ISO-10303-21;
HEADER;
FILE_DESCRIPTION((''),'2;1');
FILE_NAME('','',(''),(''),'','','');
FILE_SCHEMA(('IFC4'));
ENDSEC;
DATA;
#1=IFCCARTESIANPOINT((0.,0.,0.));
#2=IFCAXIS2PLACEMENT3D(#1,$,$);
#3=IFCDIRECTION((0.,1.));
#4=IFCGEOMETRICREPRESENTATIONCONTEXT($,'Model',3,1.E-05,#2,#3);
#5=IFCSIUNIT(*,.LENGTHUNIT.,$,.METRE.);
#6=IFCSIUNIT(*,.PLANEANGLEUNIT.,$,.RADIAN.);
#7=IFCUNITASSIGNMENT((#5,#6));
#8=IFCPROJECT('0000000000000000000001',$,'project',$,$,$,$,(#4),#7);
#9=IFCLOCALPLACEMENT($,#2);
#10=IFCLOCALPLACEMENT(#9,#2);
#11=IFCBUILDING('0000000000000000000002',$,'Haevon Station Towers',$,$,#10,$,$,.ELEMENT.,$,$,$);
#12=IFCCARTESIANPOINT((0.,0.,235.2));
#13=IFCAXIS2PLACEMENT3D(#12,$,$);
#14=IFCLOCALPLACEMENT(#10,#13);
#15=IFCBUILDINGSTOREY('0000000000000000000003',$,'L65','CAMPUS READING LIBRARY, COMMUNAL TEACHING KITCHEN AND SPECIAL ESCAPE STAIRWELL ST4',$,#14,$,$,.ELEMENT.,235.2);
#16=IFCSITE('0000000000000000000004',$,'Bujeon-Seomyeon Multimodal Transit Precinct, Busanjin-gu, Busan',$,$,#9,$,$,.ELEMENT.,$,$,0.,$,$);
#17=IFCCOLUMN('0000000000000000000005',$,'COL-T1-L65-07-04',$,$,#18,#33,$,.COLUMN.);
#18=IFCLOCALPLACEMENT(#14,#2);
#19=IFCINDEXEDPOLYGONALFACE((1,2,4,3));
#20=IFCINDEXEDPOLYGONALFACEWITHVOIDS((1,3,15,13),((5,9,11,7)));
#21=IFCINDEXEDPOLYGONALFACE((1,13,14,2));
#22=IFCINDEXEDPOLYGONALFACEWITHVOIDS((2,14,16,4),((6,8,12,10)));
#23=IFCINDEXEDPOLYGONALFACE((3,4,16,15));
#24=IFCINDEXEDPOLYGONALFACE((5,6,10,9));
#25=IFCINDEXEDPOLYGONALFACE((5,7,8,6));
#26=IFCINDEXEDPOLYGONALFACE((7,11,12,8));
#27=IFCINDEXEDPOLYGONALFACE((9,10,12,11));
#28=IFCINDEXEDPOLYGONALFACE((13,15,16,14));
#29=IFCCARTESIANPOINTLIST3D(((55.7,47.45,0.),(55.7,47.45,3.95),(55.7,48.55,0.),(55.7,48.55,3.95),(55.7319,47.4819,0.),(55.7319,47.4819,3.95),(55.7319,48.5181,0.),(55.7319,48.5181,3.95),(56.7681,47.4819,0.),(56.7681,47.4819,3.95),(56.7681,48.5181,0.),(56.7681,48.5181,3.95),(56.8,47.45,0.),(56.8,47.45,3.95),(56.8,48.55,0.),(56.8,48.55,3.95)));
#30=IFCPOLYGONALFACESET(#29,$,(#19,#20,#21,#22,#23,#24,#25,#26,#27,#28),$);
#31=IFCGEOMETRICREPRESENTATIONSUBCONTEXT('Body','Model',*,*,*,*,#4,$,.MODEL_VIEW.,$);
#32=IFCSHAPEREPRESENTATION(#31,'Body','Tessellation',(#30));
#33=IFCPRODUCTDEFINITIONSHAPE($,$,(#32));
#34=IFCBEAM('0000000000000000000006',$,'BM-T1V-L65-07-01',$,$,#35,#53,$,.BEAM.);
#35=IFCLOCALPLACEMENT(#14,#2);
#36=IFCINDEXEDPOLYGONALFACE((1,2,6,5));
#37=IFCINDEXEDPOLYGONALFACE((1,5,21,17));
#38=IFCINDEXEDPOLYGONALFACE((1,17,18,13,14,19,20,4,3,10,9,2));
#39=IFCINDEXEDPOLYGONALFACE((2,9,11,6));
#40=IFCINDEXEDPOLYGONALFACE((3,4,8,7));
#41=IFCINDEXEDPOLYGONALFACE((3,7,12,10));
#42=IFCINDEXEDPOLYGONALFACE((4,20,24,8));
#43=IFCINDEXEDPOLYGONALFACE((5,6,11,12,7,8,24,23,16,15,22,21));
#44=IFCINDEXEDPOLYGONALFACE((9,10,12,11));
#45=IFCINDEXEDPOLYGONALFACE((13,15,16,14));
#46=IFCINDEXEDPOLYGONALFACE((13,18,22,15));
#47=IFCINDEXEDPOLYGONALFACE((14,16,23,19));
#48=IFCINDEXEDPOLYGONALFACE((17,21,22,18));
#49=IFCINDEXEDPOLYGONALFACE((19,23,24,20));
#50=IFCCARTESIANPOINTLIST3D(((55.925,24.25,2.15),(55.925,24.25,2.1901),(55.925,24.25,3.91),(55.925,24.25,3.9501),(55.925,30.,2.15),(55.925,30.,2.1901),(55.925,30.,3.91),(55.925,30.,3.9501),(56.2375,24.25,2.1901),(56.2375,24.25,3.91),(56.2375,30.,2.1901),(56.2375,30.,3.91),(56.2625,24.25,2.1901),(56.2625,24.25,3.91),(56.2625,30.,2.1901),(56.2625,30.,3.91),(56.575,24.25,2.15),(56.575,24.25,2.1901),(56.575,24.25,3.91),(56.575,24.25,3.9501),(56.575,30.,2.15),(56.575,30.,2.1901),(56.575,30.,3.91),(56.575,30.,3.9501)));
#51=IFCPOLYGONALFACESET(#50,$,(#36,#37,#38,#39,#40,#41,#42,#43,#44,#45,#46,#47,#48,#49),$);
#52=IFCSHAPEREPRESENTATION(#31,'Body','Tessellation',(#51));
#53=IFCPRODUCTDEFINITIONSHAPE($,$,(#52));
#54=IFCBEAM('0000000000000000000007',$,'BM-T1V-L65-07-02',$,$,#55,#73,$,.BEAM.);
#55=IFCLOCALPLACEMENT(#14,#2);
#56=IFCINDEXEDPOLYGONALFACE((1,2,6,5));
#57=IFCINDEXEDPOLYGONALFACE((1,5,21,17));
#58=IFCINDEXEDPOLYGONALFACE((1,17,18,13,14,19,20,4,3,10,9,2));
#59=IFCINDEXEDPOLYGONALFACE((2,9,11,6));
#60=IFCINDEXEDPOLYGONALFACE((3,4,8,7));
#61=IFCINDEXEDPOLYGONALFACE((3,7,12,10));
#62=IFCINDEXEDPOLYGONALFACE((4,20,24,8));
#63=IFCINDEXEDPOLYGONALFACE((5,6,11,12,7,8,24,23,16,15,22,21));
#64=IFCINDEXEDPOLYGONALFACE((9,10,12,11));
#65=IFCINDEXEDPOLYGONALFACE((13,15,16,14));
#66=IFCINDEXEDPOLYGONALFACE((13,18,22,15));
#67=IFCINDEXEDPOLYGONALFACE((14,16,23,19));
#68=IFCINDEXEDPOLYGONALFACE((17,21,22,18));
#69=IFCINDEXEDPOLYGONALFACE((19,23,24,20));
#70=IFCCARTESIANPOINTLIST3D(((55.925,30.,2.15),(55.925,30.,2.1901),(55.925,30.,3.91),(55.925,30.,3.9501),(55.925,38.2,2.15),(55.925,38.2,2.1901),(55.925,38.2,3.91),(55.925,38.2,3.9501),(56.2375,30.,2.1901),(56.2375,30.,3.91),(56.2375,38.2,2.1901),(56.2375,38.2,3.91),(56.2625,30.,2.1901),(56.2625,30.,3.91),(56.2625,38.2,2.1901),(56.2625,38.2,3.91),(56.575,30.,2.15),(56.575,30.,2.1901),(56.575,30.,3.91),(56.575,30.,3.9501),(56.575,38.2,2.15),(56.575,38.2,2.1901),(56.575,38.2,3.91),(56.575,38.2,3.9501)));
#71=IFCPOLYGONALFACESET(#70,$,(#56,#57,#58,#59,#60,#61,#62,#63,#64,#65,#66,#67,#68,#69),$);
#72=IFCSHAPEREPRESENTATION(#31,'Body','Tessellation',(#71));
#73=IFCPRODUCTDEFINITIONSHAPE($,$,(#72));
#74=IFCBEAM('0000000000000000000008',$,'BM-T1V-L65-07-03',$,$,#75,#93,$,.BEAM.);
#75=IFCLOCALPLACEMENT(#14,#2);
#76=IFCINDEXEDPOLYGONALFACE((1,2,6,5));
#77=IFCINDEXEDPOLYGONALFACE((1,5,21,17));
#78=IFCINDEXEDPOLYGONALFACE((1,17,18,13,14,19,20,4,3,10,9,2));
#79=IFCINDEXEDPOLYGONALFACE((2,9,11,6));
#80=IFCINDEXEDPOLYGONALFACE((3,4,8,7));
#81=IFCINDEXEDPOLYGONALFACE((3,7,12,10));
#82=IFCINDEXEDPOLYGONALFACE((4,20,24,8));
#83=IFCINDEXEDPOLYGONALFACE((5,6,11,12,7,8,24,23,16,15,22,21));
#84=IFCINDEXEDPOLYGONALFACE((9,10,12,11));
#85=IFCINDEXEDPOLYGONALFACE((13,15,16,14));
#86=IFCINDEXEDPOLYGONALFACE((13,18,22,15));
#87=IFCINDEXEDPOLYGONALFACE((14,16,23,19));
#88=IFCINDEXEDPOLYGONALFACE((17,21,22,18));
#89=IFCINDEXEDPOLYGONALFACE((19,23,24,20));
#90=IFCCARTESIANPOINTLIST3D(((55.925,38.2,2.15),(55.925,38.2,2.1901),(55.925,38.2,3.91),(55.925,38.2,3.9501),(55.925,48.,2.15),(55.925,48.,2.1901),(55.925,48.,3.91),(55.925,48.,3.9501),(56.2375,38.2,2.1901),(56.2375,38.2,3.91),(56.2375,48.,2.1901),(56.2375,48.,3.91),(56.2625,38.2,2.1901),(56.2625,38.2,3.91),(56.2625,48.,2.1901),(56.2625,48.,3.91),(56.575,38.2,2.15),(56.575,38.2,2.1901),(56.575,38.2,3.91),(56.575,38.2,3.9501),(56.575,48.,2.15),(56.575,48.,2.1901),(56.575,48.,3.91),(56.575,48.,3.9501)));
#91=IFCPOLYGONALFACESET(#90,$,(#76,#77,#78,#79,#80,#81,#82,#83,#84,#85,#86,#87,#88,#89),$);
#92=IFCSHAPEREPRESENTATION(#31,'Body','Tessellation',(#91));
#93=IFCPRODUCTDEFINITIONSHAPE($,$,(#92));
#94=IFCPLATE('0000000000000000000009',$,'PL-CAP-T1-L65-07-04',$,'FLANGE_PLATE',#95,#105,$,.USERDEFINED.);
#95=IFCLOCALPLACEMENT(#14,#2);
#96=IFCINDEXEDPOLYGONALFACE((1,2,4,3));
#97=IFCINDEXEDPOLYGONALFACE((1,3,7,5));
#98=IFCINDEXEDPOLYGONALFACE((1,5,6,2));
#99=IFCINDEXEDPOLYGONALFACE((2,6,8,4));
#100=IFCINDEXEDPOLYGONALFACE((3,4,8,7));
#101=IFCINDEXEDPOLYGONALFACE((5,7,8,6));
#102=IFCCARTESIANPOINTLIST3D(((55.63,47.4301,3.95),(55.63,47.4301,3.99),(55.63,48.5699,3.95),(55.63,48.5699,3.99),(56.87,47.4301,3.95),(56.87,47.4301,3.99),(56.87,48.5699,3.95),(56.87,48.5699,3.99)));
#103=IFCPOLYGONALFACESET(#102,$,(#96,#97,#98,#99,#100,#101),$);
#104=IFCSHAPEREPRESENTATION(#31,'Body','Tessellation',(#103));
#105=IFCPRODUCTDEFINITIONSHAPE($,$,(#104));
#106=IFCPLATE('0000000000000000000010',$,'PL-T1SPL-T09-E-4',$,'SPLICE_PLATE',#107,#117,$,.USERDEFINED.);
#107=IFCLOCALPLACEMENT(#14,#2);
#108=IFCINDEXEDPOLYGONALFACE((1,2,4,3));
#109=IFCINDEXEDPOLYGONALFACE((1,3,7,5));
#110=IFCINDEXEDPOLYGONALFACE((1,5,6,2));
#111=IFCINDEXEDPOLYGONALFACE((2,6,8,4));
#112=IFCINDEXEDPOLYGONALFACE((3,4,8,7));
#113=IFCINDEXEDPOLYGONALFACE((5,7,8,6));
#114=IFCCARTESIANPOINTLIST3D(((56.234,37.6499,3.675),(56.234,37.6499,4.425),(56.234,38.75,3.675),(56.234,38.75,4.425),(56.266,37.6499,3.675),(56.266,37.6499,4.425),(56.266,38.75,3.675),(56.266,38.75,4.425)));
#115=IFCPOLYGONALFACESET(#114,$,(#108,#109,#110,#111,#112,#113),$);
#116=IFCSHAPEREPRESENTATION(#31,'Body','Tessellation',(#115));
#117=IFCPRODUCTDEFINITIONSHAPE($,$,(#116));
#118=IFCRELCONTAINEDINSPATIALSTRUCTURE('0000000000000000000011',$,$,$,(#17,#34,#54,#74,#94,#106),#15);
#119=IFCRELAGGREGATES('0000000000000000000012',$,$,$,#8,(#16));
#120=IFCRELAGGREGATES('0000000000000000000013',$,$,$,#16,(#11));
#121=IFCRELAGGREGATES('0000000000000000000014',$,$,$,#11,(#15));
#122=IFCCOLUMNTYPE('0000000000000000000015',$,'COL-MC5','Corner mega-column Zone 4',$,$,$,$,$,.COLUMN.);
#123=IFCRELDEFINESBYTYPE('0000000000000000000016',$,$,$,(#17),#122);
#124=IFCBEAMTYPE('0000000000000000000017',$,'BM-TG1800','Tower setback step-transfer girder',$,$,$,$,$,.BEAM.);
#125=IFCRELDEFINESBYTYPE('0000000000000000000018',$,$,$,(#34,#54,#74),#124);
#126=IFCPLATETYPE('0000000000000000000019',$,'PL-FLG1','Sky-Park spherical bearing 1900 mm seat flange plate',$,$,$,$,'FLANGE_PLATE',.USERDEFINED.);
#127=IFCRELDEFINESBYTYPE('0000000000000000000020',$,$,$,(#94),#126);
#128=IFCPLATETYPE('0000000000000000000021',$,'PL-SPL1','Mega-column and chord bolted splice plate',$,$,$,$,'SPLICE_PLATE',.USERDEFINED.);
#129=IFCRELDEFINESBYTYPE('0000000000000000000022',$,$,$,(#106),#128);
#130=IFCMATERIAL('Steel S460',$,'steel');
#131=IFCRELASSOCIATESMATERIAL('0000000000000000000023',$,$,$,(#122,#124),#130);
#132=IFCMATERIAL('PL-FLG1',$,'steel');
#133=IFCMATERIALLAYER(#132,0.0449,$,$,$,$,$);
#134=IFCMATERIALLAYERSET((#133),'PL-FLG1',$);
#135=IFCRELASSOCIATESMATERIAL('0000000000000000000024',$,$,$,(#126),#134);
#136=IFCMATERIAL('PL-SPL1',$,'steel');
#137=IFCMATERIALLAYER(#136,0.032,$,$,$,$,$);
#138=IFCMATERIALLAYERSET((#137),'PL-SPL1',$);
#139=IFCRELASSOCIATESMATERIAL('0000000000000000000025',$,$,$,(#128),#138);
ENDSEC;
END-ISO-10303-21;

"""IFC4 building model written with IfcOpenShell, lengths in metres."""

from ifc_helpers import new_model, si_unit, direction, frame, origin, origin_2d, place, context, subcontext, project, spatial, rectangle, hollow_rectangle, i_section, extrude, material, layer, layer_set, material_profile, profile_set, type_object, element, save


model = new_model("IFC4")

# Units and contexts
model_context = context("Model", 3, precision=1e-05, world=origin(), true_north=direction((0.0, 1.0)))
body_context = subcontext(model_context, "Body", "Model", "MODEL_VIEW")
ifc_project = project(units=[si_unit("LENGTHUNIT", "METRE"), si_unit("PLANEANGLEUNIT", "RADIAN")], contexts=[model_context])

# Site, building, storey
site_placement = place(None, origin())
site = spatial("IfcSite", under=ifc_project, at=site_placement, Name="Bujeon-Seomyeon Multimodal Transit Precinct, Busanjin-gu, Busan", CompositionType="ELEMENT", RefElevation=0.0)
building_placement = place(site_placement, origin())
building = spatial("IfcBuilding", under=site, at=building_placement, Name="Haevon Station Towers", CompositionType="ELEMENT")
storey_placement = place(building_placement, frame((0.0, 0.0, 235.2)))
storey = spatial("IfcBuildingStorey", under=building, at=storey_placement, Name="L65", Description="CAMPUS READING LIBRARY, COMMUNAL TEACHING KITCHEN AND SPECIAL ESCAPE STAIRWELL ST4", CompositionType="ELEMENT", Elevation=235.2)

# Column
ifc_material_1 = material(Name="Steel S460", Category="steel")
ifc_material_profile_1 = material_profile(ifc_material_1, hollow_rectangle(XDim=1.1001, YDim=1.1001, WallThickness=0.032, at=origin_2d()), Name="BOX-1100x1100x32")
ifc_profile_set_1 = profile_set([ifc_material_profile_1], Name="Steel S460")
column_type = type_object("IfcColumnType", Name="COL-MC5", Description="Corner mega-column Zone 4", PredefinedType="COLUMN", material=ifc_profile_set_1)
column_placement = place(storey_placement, frame((56.25, 48.0, 0.0), z_axis=(0.0, 0.0, 1.0), x_axis=(1.0, 0.0, 0.0)))
element("IfcColumn", 1, at=column_placement, inside=storey, type_object=column_type, Name="COL-T1-L65-07-04", PredefinedType="COLUMN", context=body_context, shape_type="SweptSolid", body=[
    extrude(hollow_rectangle(XDim=1.1001, YDim=1.1001, WallThickness=0.032, at=origin_2d()), origin(), (0.0, 0.0, 1.0), 3.95),
])

# Beams
ifc_material_profile_2 = material_profile(ifc_material_1, i_section(OverallWidth=0.6499, OverallDepth=1.8, WebThickness=0.0249, FlangeThickness=0.04, at=origin_2d()), Name="H-1800x650x25x40")
ifc_profile_set_2 = profile_set([ifc_material_profile_2], Name="Steel S460")
beam_type = type_object("IfcBeamType", Name="BM-TG1800", Description="Tower setback step-transfer girder", PredefinedType="BEAM", material=ifc_profile_set_2)
beam_1_placement = place(storey_placement, frame((56.25, 24.25, 3.05), z_axis=(0.0, 1.0, 0.0), x_axis=(-1.0, 0.0, 0.0)))
element("IfcBeam", 2, at=beam_1_placement, inside=storey, type_object=beam_type, Name="BM-T1V-L65-07-01", PredefinedType="BEAM", context=body_context, shape_type="SweptSolid", body=[
    extrude(i_section(OverallWidth=0.6499, OverallDepth=1.8, WebThickness=0.0249, FlangeThickness=0.04, at=origin_2d()), origin(), (0.0, 0.0, 1.0), 5.75),
])
beam_2_placement = place(storey_placement, frame((56.25, 30.0, 3.05), z_axis=(0.0, 1.0, 0.0), x_axis=(-1.0, 0.0, 0.0)))
element("IfcBeam", 3, at=beam_2_placement, inside=storey, type_object=beam_type, Name="BM-T1V-L65-07-02", PredefinedType="BEAM", context=body_context, shape_type="SweptSolid", body=[
    extrude(i_section(OverallWidth=0.6499, OverallDepth=1.8, WebThickness=0.0249, FlangeThickness=0.04, at=origin_2d()), origin(), (0.0, 0.0, 1.0), 8.2),
])
beam_3_placement = place(storey_placement, frame((56.25, 38.2, 3.05), z_axis=(0.0, 1.0, 0.0), x_axis=(-1.0, 0.0, 0.0)))
element("IfcBeam", 4, at=beam_3_placement, inside=storey, type_object=beam_type, Name="BM-T1V-L65-07-03", PredefinedType="BEAM", context=body_context, shape_type="SweptSolid", body=[
    extrude(i_section(OverallWidth=0.6499, OverallDepth=1.8, WebThickness=0.0249, FlangeThickness=0.04, at=origin_2d()), origin(), (0.0, 0.0, 1.0), 9.8),
])

# Plates
ifc_material_2 = material(Name="PL-FLG1", Category="steel")
ifc_layer_1 = layer(ifc_material_2, 0.0449)
ifc_layer_set_1 = layer_set([ifc_layer_1], Name="PL-FLG1")
plate_type_1 = type_object("IfcPlateType", Name="PL-FLG1", Description="Sky-Park spherical bearing 1900 mm seat flange plate", ElementType="FLANGE_PLATE", PredefinedType="USERDEFINED", material=ifc_layer_set_1)
plate_1_placement = place(storey_placement, frame((56.25, 48.0, 3.95), z_axis=(0.0, 0.0, 1.0), x_axis=(1.0, 0.0, 0.0)))
element("IfcPlate", 5, at=plate_1_placement, inside=storey, type_object=plate_type_1, Name="PL-CAP-T1-L65-07-04", ObjectType="FLANGE_PLATE", PredefinedType="USERDEFINED", context=body_context, shape_type="SweptSolid", body=[
    extrude(rectangle(XDim=1.24, YDim=1.1399, at=origin_2d()), origin(), (0.0, 0.0, 1.0), 0.04),
])
ifc_material_3 = material(Name="PL-SPL1", Category="steel")
ifc_layer_2 = layer(ifc_material_3, 0.032)
ifc_layer_set_2 = layer_set([ifc_layer_2], Name="PL-SPL1")
plate_type_2 = type_object("IfcPlateType", Name="PL-SPL1", Description="Mega-column and chord bolted splice plate", ElementType="SPLICE_PLATE", PredefinedType="USERDEFINED", material=ifc_layer_set_2)
plate_2_placement = place(storey_placement, frame((56.25, 38.2, 3.675), z_axis=(0.0, 0.0, 1.0), x_axis=(0.0, 1.0, 0.0)))
element("IfcPlate", 6, at=plate_2_placement, inside=storey, type_object=plate_type_2, Name="PL-T1SPL-T09-E-4", ObjectType="SPLICE_PLATE", PredefinedType="USERDEFINED", context=body_context, shape_type="SweptSolid", body=[
    extrude(rectangle(XDim=1.1001, YDim=0.032, at=origin_2d()), origin(), (0.0, 0.0, 1.0), 0.75),
])

save(model, "model.ifc")
